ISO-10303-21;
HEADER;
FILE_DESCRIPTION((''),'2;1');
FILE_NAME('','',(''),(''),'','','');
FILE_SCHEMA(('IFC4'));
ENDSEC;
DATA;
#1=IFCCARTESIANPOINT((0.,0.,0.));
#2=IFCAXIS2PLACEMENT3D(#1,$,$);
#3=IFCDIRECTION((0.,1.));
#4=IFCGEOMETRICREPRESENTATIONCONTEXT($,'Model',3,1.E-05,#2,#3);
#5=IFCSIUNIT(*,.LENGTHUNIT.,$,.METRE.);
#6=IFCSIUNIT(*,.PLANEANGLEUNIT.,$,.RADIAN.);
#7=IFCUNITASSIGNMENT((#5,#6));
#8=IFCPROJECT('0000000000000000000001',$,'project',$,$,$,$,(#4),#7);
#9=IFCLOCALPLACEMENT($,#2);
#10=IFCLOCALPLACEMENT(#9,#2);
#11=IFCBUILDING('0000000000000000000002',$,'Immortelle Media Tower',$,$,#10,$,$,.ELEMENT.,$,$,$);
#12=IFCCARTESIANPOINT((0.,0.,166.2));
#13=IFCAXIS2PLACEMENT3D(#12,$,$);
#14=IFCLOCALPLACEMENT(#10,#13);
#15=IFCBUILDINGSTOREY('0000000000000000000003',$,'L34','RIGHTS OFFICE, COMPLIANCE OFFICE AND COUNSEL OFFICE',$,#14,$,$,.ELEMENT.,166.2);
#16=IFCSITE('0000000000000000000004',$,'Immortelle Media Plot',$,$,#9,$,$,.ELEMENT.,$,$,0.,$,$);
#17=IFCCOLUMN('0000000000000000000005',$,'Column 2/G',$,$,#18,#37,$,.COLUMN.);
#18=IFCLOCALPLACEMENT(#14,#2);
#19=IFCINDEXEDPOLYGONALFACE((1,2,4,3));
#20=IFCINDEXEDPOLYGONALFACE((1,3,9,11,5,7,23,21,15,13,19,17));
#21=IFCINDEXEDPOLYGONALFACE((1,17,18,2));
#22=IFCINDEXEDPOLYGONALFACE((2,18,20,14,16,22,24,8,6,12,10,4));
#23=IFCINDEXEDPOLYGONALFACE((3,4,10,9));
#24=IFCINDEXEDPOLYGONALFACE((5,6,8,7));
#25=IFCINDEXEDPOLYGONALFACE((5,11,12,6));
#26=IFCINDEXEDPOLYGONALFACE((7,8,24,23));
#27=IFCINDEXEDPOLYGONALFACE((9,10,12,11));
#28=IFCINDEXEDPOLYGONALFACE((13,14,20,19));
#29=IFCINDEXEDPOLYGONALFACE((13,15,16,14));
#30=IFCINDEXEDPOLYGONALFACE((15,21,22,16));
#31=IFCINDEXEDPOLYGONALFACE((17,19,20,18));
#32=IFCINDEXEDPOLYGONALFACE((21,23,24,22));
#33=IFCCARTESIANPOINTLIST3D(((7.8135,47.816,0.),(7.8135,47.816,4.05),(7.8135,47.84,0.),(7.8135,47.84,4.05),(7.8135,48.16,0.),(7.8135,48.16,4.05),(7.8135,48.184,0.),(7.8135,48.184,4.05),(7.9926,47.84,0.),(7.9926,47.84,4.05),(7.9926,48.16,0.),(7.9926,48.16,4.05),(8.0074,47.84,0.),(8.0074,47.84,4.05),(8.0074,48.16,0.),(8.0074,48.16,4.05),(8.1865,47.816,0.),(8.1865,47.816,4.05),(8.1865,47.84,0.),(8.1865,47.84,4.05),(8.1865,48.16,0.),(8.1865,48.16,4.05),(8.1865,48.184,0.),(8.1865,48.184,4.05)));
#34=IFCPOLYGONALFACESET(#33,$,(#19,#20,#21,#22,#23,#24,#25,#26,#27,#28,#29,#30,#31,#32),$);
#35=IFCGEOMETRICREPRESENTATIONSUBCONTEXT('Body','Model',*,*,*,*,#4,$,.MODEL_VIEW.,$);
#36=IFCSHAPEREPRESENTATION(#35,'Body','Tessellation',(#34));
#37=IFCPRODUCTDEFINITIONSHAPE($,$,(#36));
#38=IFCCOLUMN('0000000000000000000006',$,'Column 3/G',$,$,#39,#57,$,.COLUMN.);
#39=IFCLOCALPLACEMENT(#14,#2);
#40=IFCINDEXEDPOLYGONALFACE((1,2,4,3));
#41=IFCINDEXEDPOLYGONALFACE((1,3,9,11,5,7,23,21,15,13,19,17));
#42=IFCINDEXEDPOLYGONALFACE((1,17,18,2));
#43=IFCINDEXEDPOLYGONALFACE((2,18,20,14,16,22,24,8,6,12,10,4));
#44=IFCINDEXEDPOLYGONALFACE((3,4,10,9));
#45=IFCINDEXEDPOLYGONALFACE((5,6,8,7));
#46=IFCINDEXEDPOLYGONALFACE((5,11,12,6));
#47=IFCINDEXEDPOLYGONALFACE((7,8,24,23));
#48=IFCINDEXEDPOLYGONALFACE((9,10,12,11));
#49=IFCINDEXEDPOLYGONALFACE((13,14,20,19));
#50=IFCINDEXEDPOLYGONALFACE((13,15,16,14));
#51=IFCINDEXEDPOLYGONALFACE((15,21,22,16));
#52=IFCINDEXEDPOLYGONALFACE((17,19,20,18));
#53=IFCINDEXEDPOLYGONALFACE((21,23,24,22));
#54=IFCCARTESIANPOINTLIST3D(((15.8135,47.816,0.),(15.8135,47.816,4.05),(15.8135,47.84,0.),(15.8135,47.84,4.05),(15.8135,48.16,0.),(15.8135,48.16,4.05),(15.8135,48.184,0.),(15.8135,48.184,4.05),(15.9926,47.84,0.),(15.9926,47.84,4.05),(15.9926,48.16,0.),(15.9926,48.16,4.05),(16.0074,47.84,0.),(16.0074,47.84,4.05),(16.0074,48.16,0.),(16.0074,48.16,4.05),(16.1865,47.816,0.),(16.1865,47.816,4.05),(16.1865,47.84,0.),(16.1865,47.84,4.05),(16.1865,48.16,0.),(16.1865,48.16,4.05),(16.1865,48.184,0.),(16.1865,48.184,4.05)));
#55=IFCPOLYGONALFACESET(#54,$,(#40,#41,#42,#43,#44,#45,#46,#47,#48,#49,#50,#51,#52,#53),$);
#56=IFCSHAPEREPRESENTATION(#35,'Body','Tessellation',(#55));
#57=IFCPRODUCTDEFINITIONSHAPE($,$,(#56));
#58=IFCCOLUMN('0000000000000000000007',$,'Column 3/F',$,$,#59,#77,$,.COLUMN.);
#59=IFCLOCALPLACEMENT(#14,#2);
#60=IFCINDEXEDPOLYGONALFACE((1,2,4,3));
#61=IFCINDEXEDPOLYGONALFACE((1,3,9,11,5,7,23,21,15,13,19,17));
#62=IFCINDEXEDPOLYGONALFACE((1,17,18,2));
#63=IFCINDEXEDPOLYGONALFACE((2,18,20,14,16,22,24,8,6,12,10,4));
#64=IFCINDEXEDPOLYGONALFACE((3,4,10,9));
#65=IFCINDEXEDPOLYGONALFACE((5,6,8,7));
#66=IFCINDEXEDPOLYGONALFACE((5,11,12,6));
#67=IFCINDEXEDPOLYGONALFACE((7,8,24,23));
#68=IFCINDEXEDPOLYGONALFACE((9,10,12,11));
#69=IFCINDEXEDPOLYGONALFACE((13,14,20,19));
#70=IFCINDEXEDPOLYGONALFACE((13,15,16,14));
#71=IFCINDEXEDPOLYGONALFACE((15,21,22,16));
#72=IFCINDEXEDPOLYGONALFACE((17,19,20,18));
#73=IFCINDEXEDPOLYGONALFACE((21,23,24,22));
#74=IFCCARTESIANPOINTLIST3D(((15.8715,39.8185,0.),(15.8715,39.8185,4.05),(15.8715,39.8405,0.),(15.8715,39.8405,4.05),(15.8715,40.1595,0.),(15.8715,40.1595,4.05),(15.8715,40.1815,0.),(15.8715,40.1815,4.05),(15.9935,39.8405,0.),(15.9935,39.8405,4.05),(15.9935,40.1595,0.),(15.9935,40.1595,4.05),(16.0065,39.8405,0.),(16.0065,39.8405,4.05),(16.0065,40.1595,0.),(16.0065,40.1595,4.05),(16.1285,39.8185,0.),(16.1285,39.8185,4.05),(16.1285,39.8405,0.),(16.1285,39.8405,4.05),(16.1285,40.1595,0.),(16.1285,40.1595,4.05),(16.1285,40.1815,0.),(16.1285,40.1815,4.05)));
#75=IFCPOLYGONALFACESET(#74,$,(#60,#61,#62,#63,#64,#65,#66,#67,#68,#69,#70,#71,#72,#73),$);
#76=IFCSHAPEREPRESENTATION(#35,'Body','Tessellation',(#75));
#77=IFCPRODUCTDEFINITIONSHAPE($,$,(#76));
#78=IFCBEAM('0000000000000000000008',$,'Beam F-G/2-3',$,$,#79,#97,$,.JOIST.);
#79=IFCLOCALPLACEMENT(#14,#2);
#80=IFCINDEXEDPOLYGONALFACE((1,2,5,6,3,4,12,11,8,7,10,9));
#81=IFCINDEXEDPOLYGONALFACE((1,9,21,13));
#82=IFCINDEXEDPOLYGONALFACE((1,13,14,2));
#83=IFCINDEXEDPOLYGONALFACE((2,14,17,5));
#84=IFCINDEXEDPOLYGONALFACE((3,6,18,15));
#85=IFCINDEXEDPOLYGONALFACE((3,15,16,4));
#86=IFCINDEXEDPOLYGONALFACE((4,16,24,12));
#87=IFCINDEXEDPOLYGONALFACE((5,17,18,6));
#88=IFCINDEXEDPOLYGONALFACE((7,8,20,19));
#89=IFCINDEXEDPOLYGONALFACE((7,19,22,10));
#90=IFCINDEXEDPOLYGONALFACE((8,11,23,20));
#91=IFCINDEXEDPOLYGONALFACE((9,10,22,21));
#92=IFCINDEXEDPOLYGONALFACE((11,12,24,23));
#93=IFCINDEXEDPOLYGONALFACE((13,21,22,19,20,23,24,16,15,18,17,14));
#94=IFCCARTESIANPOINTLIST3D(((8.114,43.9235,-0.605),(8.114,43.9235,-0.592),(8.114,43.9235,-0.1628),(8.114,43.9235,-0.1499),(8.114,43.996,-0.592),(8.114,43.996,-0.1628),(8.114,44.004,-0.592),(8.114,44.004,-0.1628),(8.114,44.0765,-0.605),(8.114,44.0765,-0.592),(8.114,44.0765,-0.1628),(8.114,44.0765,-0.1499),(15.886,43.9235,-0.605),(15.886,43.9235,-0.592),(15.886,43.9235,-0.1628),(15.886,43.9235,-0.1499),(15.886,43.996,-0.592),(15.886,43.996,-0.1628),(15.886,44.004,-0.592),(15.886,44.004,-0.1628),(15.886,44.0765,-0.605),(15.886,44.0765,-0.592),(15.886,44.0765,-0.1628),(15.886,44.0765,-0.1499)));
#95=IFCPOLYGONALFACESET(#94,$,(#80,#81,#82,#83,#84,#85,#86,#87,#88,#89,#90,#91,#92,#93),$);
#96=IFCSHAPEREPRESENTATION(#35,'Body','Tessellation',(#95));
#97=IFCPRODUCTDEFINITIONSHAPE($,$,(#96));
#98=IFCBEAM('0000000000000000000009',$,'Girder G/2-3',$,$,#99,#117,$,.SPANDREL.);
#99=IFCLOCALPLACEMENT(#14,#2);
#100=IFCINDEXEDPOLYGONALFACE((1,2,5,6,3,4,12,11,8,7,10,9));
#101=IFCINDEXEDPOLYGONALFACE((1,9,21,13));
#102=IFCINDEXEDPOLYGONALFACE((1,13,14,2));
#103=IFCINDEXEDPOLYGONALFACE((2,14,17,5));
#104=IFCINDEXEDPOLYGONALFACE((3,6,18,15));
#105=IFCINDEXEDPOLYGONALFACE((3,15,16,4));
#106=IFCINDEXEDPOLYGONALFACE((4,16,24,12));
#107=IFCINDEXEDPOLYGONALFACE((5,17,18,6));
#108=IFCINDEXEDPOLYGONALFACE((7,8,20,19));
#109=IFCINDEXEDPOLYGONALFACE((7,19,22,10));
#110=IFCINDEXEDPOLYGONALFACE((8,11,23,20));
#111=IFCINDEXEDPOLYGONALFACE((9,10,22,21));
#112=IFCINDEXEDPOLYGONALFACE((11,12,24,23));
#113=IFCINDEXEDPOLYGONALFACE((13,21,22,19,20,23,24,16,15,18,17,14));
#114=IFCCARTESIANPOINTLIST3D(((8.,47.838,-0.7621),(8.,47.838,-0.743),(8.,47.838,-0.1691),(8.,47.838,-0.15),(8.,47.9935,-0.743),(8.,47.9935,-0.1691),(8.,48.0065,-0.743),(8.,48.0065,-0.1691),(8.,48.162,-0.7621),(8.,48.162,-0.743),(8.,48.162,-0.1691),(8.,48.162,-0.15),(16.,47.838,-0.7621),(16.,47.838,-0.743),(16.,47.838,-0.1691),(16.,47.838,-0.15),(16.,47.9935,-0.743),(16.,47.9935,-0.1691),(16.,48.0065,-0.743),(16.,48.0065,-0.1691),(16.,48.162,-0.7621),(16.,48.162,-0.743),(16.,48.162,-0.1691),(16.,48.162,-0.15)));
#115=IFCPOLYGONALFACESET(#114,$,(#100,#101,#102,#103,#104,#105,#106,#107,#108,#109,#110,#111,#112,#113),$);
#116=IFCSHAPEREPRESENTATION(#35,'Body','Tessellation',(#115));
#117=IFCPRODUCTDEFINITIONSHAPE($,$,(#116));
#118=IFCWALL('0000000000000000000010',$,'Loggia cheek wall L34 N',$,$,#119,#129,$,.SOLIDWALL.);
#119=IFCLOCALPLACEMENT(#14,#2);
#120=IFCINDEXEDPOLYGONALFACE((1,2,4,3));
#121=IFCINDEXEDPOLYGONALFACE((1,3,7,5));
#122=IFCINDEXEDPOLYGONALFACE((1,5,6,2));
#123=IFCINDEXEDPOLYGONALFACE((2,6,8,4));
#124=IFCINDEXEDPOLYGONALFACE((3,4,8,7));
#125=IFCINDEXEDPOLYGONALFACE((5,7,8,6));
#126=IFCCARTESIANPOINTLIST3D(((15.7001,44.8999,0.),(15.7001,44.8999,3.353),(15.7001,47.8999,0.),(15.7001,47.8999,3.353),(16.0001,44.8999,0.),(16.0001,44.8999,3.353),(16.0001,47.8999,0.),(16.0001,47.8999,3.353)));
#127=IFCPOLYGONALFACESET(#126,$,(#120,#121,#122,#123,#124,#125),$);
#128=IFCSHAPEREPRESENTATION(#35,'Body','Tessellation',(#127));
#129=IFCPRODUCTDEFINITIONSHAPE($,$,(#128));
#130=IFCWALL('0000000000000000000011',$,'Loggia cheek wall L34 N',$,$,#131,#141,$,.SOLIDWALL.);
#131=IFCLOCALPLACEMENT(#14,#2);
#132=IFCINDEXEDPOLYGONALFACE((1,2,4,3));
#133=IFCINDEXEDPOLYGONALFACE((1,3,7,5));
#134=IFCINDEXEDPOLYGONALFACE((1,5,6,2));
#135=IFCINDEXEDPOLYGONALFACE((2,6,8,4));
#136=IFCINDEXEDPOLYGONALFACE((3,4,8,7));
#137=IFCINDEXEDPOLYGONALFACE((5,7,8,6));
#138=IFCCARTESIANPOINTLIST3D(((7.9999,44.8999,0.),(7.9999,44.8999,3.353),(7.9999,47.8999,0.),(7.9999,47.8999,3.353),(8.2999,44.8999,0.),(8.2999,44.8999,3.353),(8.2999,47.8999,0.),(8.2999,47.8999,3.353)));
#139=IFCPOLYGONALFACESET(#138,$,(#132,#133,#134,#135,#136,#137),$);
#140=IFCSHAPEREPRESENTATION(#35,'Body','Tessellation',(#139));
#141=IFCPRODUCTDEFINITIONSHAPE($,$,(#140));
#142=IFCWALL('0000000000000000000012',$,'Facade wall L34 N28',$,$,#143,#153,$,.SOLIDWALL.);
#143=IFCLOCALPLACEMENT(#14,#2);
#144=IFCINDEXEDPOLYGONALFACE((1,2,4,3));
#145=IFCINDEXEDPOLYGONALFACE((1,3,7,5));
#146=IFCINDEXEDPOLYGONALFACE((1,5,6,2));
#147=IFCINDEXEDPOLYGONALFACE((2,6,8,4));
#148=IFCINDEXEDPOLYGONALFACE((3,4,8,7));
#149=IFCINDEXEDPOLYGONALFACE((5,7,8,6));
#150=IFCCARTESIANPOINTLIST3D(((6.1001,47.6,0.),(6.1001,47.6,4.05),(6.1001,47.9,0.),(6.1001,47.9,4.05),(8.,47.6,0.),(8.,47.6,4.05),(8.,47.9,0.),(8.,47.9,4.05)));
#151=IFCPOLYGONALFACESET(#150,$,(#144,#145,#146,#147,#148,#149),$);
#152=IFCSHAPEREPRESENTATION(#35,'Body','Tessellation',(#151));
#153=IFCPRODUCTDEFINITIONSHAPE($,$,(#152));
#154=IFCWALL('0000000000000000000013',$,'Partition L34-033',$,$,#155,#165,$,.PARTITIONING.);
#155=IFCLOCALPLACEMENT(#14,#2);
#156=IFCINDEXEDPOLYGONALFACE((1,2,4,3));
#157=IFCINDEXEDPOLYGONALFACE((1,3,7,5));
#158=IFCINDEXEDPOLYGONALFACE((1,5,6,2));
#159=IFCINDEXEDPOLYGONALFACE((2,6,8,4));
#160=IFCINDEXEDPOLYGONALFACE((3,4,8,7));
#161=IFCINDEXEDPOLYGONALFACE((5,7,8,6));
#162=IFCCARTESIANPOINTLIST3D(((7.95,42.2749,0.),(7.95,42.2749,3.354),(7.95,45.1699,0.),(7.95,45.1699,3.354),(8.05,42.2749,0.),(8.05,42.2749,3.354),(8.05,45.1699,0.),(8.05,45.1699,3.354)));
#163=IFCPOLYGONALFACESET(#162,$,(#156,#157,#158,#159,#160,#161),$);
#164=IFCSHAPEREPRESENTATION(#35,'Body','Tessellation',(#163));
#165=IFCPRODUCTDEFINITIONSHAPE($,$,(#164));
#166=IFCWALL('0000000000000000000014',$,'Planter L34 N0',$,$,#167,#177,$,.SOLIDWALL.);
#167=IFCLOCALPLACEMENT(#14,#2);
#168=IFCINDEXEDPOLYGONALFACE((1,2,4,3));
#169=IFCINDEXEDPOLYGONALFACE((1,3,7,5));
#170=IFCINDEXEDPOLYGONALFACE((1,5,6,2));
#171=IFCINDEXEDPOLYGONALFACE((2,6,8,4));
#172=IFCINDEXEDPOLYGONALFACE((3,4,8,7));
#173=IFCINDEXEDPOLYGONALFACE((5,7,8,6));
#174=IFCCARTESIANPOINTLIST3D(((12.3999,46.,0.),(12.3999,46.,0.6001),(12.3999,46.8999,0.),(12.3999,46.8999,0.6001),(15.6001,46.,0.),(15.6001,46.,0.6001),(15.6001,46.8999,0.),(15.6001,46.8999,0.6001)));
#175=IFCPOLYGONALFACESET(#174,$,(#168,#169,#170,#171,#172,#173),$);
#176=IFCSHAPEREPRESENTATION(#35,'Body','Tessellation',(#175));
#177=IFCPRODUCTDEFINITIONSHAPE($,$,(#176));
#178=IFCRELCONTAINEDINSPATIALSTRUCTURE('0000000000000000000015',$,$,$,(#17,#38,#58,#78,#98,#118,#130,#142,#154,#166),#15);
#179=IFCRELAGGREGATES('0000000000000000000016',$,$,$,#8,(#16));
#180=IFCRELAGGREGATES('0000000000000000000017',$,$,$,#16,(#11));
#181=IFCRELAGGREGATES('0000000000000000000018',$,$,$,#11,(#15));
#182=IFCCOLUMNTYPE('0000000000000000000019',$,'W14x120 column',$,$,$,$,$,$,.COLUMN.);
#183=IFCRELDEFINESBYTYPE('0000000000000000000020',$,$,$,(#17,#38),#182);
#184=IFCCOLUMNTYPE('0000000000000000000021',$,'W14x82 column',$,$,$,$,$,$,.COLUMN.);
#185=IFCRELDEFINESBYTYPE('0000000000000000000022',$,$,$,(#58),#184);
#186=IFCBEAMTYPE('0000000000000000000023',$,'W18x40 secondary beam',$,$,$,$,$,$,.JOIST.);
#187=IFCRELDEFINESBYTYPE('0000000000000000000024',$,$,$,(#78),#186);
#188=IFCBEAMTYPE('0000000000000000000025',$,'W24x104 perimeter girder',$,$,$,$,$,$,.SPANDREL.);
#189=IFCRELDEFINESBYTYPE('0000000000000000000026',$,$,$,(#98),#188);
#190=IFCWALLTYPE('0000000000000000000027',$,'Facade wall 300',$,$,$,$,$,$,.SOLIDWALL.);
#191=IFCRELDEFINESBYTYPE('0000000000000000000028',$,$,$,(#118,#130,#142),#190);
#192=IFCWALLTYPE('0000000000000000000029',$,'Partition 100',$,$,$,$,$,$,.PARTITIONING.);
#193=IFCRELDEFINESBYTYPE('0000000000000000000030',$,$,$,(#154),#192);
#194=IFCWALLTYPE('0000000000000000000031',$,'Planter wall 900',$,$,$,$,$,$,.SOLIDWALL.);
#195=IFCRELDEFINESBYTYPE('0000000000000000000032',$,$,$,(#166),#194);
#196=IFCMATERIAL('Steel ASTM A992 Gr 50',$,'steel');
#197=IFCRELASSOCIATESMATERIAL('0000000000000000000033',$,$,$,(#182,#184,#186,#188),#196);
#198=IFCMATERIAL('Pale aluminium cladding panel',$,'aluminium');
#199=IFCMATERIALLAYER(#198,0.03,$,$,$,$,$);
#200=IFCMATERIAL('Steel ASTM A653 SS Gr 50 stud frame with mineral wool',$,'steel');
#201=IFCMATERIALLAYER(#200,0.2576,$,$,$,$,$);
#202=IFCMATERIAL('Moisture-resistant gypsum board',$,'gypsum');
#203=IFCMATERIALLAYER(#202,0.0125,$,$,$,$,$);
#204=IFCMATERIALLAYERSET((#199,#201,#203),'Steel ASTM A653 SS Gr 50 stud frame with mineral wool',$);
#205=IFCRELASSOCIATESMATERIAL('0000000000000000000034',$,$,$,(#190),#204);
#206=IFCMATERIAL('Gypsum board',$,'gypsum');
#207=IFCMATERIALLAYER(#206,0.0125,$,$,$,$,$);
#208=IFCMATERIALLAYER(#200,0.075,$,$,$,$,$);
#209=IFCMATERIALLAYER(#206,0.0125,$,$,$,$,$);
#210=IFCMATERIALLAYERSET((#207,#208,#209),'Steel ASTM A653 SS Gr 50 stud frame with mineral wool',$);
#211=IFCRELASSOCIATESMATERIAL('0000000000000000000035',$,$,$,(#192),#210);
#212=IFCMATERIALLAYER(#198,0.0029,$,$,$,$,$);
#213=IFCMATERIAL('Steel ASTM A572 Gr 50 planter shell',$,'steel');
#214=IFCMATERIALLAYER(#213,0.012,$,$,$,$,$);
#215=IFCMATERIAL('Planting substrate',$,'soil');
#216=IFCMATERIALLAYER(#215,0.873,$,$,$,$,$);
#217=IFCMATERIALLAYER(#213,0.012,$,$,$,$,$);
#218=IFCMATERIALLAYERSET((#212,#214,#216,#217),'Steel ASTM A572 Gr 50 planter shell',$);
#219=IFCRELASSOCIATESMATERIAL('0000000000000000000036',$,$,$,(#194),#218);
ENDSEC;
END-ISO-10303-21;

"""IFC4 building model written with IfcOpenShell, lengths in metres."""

from ifc_helpers import new_model, si_unit, direction, frame, frame_2d, origin, origin_2d, place, context, subcontext, project, spatial, rectangle, i_section, extrude, material, layer, layer_set, material_profile, profile_set, type_object, element, save


model = new_model("IFC4")

# Units and contexts
model_context = context("Model", 3, precision=1e-05, world=origin(), true_north=direction((0.0, 1.0)))
body_context = subcontext(model_context, "Body", "Model", "MODEL_VIEW")
ifc_project = project(units=[si_unit("LENGTHUNIT", "METRE"), si_unit("PLANEANGLEUNIT", "RADIAN")], contexts=[model_context])

# Site, building, storey
site_placement = place(None, origin())
site = spatial("IfcSite", under=ifc_project, at=site_placement, Name="Immortelle Media Plot", CompositionType="ELEMENT", RefElevation=0.0)
building_placement = place(site_placement, origin())
building = spatial("IfcBuilding", under=site, at=building_placement, Name="Immortelle Media Tower", CompositionType="ELEMENT")
storey_placement = place(building_placement, frame((0.0, 0.0, 166.2)))
storey = spatial("IfcBuildingStorey", under=building, at=storey_placement, Name="L34", Description="RIGHTS OFFICE, COMPLIANCE OFFICE AND COUNSEL OFFICE", CompositionType="ELEMENT", Elevation=166.2)

# Columns
ifc_material_1 = material(Name="Steel ASTM A992 Gr 50", Category="steel")
ifc_material_profile_1 = material_profile(ifc_material_1, i_section(OverallWidth=0.373, OverallDepth=0.3679, WebThickness=0.0149, FlangeThickness=0.0239, at=origin_2d()), Name="W14x120")
ifc_profile_set_1 = profile_set([ifc_material_profile_1], Name="Steel ASTM A992 Gr 50")
column_type_1 = type_object("IfcColumnType", Name="W14x120 column", PredefinedType="COLUMN", material=ifc_profile_set_1)
for number, where, z_axis, x_axis, name in (
    (1, (8.0, 48.0, 0.0), (0.0, 0.0, 1.0), (1.0, 0.0, 0.0), "Column 2/G"),
    (2, (16.0, 48.0, 0.0), (0.0, 0.0, 1.0), (1.0, 0.0, 0.0), "Column 3/G"),
):
    element("IfcColumn", number, at=place(storey_placement, frame(where, z_axis=z_axis, x_axis=x_axis)), inside=storey, type_object=column_type_1, Name=name, PredefinedType="COLUMN", context=body_context, shape_type="SweptSolid", body=[
        extrude(i_section(OverallWidth=0.373, OverallDepth=0.3679, WebThickness=0.0149, FlangeThickness=0.0239, at=origin_2d()), origin(), (0.0, 0.0, 1.0), 4.05),
    ])
ifc_material_profile_2 = material_profile(ifc_material_1, i_section(OverallWidth=0.2571, OverallDepth=0.363, WebThickness=0.0129, FlangeThickness=0.022, at=origin_2d()), Name="W14x82")
ifc_profile_set_2 = profile_set([ifc_material_profile_2], Name="Steel ASTM A992 Gr 50")
column_type_2 = type_object("IfcColumnType", Name="W14x82 column", PredefinedType="COLUMN", material=ifc_profile_set_2)
column_placement = place(storey_placement, frame((16.0, 40.0, 0.0), z_axis=(0.0, 0.0, 1.0), x_axis=(1.0, 0.0, 0.0)))
element("IfcColumn", 3, at=column_placement, inside=storey, type_object=column_type_2, Name="Column 3/F", PredefinedType="COLUMN", context=body_context, shape_type="SweptSolid", body=[
    extrude(i_section(OverallWidth=0.2571, OverallDepth=0.363, WebThickness=0.0129, FlangeThickness=0.022, at=origin_2d()), origin(), (0.0, 0.0, 1.0), 4.05),
])

# Beams
ifc_material_profile_3 = material_profile(ifc_material_1, i_section(OverallWidth=0.1531, OverallDepth=0.4551, WebThickness=0.0081, FlangeThickness=0.0129, at=origin_2d()), Name="W18x40")
ifc_profile_set_3 = profile_set([ifc_material_profile_3], Name="Steel ASTM A992 Gr 50")
beam_type_1 = type_object("IfcBeamType", Name="W18x40 secondary beam", PredefinedType="JOIST", material=ifc_profile_set_3)
beam_1_placement = place(storey_placement, frame((8.114, 44.0, -0.3774), z_axis=(1.0, 0.0, 0.0), x_axis=(0.0, 1.0, 0.0)))
element("IfcBeam", 4, at=beam_1_placement, inside=storey, type_object=beam_type_1, Name="Beam F-G/2-3", PredefinedType="JOIST", context=body_context, shape_type="SweptSolid", body=[
    extrude(i_section(OverallWidth=0.1531, OverallDepth=0.4551, WebThickness=0.0081, FlangeThickness=0.0129, at=origin_2d()), origin(), (0.0, 0.0, 1.0), 7.772),
])
ifc_material_profile_4 = material_profile(ifc_material_1, i_section(OverallWidth=0.324, OverallDepth=0.6121, WebThickness=0.0129, FlangeThickness=0.019, at=origin_2d()), Name="W24x104")
ifc_profile_set_4 = profile_set([ifc_material_profile_4], Name="Steel ASTM A992 Gr 50")
beam_type_2 = type_object("IfcBeamType", Name="W24x104 perimeter girder", PredefinedType="SPANDREL", material=ifc_profile_set_4)
beam_2_placement = place(storey_placement, frame((8.0, 48.0, -0.4561), z_axis=(1.0, 0.0, 0.0), x_axis=(0.0, 1.0, 0.0)))
element("IfcBeam", 5, at=beam_2_placement, inside=storey, type_object=beam_type_2, Name="Girder G/2-3", PredefinedType="SPANDREL", context=body_context, shape_type="SweptSolid", body=[
    extrude(i_section(OverallWidth=0.324, OverallDepth=0.6121, WebThickness=0.0129, FlangeThickness=0.019, at=origin_2d()), origin(), (0.0, 0.0, 1.0), 8.0),
])

# Shared definitions
ifc_material_2 = material(Name="Pale aluminium cladding panel", Category="aluminium")
ifc_layer_1 = layer(ifc_material_2, 0.03)
ifc_material_3 = material(Name="Steel ASTM A653 SS Gr 50 stud frame with mineral wool", Category="steel")
ifc_layer_2 = layer(ifc_material_3, 0.2576)
ifc_material_4 = material(Name="Moisture-resistant gypsum board", Category="gypsum")
ifc_layer_3 = layer(ifc_material_4, 0.0125)
ifc_layer_set_1 = layer_set([ifc_layer_1, ifc_layer_2, ifc_layer_3], Name="Steel ASTM A653 SS Gr 50 stud frame with mineral wool")
wall_type_1 = type_object("IfcWallType", Name="Facade wall 300", PredefinedType="SOLIDWALL", material=ifc_layer_set_1)

# Walls
for number, where, z_axis, x_axis, name in (
    (6, (15.8501, 47.8999, 0.0), (0.0, 0.0, 1.0), (0.0, -1.0, 0.0), "Loggia cheek wall L34 N"),
    (7, (8.1499, 47.8999, 0.0), (0.0, 0.0, 1.0), (0.0, -1.0, 0.0), "Loggia cheek wall L34 N"),
):
    element("IfcWall", number, at=place(storey_placement, frame(where, z_axis=z_axis, x_axis=x_axis)), inside=storey, type_object=wall_type_1, Name=name, PredefinedType="SOLIDWALL", context=body_context, shape_type="SweptSolid", body=[
        extrude(rectangle(XDim=3.0, YDim=0.3, at=frame_2d((1.5, 0.0))), origin(), (0.0, 0.0, 1.0), 3.353),
    ])
wall_1_placement = place(storey_placement, frame((8.0, 47.75, 0.0), z_axis=(0.0, 0.0, 1.0), x_axis=(-1.0, 0.0, 0.0)))
element("IfcWall", 8, at=wall_1_placement, inside=storey, type_object=wall_type_1, Name="Facade wall L34 N28", PredefinedType="SOLIDWALL", context=body_context, shape_type="SweptSolid", body=[
    extrude(rectangle(XDim=1.8999, YDim=0.3, at=frame_2d((0.95, 0.0))), origin(), (0.0, 0.0, 1.0), 4.05),
])
ifc_material_5 = material(Name="Gypsum board", Category="gypsum")
ifc_layer_4 = layer(ifc_material_5, 0.0125)
ifc_layer_5 = layer(ifc_material_3, 0.075)
ifc_layer_6 = layer(ifc_material_5, 0.0125)
ifc_layer_set_2 = layer_set([ifc_layer_4, ifc_layer_5, ifc_layer_6], Name="Steel ASTM A653 SS Gr 50 stud frame with mineral wool")
wall_type_2 = type_object("IfcWallType", Name="Partition 100", PredefinedType="PARTITIONING", material=ifc_layer_set_2)
wall_2_placement = place(storey_placement, frame((8.0, 42.2749, 0.0), z_axis=(0.0, 0.0, 1.0), x_axis=(0.0, 1.0, 0.0)))
element("IfcWall", 9, at=wall_2_placement, inside=storey, type_object=wall_type_2, Name="Partition L34-033", PredefinedType="PARTITIONING", context=body_context, shape_type="SweptSolid", body=[
    extrude(rectangle(XDim=2.895, YDim=0.1001, at=frame_2d((1.4475, 0.0))), origin(), (0.0, 0.0, 1.0), 3.354),
])
ifc_layer_7 = layer(ifc_material_2, 0.0029)
ifc_material_6 = material(Name="Steel ASTM A572 Gr 50 planter shell", Category="steel")
ifc_layer_8 = layer(ifc_material_6, 0.012)
ifc_material_7 = material(Name="Planting substrate", Category="soil")
ifc_layer_9 = layer(ifc_material_7, 0.873)
ifc_layer_10 = layer(ifc_material_6, 0.012)
ifc_layer_set_3 = layer_set([ifc_layer_7, ifc_layer_8, ifc_layer_9, ifc_layer_10], Name="Steel ASTM A572 Gr 50 planter shell")
wall_type_3 = type_object("IfcWallType", Name="Planter wall 900", PredefinedType="SOLIDWALL", material=ifc_layer_set_3)
wall_3_placement = place(storey_placement, frame((15.6001, 46.45, 0.0), z_axis=(0.0, 0.0, 1.0), x_axis=(-1.0, 0.0, 0.0)))
element("IfcWall", 10, at=wall_3_placement, inside=storey, type_object=wall_type_3, Name="Planter L34 N0", PredefinedType="SOLIDWALL", context=body_context, shape_type="SweptSolid", body=[
    extrude(rectangle(XDim=3.2002, YDim=0.8999, at=frame_2d((1.6001, 0.0))), origin(), (0.0, 0.0, 1.0), 0.6001),
])

save(model, "model.ifc")
